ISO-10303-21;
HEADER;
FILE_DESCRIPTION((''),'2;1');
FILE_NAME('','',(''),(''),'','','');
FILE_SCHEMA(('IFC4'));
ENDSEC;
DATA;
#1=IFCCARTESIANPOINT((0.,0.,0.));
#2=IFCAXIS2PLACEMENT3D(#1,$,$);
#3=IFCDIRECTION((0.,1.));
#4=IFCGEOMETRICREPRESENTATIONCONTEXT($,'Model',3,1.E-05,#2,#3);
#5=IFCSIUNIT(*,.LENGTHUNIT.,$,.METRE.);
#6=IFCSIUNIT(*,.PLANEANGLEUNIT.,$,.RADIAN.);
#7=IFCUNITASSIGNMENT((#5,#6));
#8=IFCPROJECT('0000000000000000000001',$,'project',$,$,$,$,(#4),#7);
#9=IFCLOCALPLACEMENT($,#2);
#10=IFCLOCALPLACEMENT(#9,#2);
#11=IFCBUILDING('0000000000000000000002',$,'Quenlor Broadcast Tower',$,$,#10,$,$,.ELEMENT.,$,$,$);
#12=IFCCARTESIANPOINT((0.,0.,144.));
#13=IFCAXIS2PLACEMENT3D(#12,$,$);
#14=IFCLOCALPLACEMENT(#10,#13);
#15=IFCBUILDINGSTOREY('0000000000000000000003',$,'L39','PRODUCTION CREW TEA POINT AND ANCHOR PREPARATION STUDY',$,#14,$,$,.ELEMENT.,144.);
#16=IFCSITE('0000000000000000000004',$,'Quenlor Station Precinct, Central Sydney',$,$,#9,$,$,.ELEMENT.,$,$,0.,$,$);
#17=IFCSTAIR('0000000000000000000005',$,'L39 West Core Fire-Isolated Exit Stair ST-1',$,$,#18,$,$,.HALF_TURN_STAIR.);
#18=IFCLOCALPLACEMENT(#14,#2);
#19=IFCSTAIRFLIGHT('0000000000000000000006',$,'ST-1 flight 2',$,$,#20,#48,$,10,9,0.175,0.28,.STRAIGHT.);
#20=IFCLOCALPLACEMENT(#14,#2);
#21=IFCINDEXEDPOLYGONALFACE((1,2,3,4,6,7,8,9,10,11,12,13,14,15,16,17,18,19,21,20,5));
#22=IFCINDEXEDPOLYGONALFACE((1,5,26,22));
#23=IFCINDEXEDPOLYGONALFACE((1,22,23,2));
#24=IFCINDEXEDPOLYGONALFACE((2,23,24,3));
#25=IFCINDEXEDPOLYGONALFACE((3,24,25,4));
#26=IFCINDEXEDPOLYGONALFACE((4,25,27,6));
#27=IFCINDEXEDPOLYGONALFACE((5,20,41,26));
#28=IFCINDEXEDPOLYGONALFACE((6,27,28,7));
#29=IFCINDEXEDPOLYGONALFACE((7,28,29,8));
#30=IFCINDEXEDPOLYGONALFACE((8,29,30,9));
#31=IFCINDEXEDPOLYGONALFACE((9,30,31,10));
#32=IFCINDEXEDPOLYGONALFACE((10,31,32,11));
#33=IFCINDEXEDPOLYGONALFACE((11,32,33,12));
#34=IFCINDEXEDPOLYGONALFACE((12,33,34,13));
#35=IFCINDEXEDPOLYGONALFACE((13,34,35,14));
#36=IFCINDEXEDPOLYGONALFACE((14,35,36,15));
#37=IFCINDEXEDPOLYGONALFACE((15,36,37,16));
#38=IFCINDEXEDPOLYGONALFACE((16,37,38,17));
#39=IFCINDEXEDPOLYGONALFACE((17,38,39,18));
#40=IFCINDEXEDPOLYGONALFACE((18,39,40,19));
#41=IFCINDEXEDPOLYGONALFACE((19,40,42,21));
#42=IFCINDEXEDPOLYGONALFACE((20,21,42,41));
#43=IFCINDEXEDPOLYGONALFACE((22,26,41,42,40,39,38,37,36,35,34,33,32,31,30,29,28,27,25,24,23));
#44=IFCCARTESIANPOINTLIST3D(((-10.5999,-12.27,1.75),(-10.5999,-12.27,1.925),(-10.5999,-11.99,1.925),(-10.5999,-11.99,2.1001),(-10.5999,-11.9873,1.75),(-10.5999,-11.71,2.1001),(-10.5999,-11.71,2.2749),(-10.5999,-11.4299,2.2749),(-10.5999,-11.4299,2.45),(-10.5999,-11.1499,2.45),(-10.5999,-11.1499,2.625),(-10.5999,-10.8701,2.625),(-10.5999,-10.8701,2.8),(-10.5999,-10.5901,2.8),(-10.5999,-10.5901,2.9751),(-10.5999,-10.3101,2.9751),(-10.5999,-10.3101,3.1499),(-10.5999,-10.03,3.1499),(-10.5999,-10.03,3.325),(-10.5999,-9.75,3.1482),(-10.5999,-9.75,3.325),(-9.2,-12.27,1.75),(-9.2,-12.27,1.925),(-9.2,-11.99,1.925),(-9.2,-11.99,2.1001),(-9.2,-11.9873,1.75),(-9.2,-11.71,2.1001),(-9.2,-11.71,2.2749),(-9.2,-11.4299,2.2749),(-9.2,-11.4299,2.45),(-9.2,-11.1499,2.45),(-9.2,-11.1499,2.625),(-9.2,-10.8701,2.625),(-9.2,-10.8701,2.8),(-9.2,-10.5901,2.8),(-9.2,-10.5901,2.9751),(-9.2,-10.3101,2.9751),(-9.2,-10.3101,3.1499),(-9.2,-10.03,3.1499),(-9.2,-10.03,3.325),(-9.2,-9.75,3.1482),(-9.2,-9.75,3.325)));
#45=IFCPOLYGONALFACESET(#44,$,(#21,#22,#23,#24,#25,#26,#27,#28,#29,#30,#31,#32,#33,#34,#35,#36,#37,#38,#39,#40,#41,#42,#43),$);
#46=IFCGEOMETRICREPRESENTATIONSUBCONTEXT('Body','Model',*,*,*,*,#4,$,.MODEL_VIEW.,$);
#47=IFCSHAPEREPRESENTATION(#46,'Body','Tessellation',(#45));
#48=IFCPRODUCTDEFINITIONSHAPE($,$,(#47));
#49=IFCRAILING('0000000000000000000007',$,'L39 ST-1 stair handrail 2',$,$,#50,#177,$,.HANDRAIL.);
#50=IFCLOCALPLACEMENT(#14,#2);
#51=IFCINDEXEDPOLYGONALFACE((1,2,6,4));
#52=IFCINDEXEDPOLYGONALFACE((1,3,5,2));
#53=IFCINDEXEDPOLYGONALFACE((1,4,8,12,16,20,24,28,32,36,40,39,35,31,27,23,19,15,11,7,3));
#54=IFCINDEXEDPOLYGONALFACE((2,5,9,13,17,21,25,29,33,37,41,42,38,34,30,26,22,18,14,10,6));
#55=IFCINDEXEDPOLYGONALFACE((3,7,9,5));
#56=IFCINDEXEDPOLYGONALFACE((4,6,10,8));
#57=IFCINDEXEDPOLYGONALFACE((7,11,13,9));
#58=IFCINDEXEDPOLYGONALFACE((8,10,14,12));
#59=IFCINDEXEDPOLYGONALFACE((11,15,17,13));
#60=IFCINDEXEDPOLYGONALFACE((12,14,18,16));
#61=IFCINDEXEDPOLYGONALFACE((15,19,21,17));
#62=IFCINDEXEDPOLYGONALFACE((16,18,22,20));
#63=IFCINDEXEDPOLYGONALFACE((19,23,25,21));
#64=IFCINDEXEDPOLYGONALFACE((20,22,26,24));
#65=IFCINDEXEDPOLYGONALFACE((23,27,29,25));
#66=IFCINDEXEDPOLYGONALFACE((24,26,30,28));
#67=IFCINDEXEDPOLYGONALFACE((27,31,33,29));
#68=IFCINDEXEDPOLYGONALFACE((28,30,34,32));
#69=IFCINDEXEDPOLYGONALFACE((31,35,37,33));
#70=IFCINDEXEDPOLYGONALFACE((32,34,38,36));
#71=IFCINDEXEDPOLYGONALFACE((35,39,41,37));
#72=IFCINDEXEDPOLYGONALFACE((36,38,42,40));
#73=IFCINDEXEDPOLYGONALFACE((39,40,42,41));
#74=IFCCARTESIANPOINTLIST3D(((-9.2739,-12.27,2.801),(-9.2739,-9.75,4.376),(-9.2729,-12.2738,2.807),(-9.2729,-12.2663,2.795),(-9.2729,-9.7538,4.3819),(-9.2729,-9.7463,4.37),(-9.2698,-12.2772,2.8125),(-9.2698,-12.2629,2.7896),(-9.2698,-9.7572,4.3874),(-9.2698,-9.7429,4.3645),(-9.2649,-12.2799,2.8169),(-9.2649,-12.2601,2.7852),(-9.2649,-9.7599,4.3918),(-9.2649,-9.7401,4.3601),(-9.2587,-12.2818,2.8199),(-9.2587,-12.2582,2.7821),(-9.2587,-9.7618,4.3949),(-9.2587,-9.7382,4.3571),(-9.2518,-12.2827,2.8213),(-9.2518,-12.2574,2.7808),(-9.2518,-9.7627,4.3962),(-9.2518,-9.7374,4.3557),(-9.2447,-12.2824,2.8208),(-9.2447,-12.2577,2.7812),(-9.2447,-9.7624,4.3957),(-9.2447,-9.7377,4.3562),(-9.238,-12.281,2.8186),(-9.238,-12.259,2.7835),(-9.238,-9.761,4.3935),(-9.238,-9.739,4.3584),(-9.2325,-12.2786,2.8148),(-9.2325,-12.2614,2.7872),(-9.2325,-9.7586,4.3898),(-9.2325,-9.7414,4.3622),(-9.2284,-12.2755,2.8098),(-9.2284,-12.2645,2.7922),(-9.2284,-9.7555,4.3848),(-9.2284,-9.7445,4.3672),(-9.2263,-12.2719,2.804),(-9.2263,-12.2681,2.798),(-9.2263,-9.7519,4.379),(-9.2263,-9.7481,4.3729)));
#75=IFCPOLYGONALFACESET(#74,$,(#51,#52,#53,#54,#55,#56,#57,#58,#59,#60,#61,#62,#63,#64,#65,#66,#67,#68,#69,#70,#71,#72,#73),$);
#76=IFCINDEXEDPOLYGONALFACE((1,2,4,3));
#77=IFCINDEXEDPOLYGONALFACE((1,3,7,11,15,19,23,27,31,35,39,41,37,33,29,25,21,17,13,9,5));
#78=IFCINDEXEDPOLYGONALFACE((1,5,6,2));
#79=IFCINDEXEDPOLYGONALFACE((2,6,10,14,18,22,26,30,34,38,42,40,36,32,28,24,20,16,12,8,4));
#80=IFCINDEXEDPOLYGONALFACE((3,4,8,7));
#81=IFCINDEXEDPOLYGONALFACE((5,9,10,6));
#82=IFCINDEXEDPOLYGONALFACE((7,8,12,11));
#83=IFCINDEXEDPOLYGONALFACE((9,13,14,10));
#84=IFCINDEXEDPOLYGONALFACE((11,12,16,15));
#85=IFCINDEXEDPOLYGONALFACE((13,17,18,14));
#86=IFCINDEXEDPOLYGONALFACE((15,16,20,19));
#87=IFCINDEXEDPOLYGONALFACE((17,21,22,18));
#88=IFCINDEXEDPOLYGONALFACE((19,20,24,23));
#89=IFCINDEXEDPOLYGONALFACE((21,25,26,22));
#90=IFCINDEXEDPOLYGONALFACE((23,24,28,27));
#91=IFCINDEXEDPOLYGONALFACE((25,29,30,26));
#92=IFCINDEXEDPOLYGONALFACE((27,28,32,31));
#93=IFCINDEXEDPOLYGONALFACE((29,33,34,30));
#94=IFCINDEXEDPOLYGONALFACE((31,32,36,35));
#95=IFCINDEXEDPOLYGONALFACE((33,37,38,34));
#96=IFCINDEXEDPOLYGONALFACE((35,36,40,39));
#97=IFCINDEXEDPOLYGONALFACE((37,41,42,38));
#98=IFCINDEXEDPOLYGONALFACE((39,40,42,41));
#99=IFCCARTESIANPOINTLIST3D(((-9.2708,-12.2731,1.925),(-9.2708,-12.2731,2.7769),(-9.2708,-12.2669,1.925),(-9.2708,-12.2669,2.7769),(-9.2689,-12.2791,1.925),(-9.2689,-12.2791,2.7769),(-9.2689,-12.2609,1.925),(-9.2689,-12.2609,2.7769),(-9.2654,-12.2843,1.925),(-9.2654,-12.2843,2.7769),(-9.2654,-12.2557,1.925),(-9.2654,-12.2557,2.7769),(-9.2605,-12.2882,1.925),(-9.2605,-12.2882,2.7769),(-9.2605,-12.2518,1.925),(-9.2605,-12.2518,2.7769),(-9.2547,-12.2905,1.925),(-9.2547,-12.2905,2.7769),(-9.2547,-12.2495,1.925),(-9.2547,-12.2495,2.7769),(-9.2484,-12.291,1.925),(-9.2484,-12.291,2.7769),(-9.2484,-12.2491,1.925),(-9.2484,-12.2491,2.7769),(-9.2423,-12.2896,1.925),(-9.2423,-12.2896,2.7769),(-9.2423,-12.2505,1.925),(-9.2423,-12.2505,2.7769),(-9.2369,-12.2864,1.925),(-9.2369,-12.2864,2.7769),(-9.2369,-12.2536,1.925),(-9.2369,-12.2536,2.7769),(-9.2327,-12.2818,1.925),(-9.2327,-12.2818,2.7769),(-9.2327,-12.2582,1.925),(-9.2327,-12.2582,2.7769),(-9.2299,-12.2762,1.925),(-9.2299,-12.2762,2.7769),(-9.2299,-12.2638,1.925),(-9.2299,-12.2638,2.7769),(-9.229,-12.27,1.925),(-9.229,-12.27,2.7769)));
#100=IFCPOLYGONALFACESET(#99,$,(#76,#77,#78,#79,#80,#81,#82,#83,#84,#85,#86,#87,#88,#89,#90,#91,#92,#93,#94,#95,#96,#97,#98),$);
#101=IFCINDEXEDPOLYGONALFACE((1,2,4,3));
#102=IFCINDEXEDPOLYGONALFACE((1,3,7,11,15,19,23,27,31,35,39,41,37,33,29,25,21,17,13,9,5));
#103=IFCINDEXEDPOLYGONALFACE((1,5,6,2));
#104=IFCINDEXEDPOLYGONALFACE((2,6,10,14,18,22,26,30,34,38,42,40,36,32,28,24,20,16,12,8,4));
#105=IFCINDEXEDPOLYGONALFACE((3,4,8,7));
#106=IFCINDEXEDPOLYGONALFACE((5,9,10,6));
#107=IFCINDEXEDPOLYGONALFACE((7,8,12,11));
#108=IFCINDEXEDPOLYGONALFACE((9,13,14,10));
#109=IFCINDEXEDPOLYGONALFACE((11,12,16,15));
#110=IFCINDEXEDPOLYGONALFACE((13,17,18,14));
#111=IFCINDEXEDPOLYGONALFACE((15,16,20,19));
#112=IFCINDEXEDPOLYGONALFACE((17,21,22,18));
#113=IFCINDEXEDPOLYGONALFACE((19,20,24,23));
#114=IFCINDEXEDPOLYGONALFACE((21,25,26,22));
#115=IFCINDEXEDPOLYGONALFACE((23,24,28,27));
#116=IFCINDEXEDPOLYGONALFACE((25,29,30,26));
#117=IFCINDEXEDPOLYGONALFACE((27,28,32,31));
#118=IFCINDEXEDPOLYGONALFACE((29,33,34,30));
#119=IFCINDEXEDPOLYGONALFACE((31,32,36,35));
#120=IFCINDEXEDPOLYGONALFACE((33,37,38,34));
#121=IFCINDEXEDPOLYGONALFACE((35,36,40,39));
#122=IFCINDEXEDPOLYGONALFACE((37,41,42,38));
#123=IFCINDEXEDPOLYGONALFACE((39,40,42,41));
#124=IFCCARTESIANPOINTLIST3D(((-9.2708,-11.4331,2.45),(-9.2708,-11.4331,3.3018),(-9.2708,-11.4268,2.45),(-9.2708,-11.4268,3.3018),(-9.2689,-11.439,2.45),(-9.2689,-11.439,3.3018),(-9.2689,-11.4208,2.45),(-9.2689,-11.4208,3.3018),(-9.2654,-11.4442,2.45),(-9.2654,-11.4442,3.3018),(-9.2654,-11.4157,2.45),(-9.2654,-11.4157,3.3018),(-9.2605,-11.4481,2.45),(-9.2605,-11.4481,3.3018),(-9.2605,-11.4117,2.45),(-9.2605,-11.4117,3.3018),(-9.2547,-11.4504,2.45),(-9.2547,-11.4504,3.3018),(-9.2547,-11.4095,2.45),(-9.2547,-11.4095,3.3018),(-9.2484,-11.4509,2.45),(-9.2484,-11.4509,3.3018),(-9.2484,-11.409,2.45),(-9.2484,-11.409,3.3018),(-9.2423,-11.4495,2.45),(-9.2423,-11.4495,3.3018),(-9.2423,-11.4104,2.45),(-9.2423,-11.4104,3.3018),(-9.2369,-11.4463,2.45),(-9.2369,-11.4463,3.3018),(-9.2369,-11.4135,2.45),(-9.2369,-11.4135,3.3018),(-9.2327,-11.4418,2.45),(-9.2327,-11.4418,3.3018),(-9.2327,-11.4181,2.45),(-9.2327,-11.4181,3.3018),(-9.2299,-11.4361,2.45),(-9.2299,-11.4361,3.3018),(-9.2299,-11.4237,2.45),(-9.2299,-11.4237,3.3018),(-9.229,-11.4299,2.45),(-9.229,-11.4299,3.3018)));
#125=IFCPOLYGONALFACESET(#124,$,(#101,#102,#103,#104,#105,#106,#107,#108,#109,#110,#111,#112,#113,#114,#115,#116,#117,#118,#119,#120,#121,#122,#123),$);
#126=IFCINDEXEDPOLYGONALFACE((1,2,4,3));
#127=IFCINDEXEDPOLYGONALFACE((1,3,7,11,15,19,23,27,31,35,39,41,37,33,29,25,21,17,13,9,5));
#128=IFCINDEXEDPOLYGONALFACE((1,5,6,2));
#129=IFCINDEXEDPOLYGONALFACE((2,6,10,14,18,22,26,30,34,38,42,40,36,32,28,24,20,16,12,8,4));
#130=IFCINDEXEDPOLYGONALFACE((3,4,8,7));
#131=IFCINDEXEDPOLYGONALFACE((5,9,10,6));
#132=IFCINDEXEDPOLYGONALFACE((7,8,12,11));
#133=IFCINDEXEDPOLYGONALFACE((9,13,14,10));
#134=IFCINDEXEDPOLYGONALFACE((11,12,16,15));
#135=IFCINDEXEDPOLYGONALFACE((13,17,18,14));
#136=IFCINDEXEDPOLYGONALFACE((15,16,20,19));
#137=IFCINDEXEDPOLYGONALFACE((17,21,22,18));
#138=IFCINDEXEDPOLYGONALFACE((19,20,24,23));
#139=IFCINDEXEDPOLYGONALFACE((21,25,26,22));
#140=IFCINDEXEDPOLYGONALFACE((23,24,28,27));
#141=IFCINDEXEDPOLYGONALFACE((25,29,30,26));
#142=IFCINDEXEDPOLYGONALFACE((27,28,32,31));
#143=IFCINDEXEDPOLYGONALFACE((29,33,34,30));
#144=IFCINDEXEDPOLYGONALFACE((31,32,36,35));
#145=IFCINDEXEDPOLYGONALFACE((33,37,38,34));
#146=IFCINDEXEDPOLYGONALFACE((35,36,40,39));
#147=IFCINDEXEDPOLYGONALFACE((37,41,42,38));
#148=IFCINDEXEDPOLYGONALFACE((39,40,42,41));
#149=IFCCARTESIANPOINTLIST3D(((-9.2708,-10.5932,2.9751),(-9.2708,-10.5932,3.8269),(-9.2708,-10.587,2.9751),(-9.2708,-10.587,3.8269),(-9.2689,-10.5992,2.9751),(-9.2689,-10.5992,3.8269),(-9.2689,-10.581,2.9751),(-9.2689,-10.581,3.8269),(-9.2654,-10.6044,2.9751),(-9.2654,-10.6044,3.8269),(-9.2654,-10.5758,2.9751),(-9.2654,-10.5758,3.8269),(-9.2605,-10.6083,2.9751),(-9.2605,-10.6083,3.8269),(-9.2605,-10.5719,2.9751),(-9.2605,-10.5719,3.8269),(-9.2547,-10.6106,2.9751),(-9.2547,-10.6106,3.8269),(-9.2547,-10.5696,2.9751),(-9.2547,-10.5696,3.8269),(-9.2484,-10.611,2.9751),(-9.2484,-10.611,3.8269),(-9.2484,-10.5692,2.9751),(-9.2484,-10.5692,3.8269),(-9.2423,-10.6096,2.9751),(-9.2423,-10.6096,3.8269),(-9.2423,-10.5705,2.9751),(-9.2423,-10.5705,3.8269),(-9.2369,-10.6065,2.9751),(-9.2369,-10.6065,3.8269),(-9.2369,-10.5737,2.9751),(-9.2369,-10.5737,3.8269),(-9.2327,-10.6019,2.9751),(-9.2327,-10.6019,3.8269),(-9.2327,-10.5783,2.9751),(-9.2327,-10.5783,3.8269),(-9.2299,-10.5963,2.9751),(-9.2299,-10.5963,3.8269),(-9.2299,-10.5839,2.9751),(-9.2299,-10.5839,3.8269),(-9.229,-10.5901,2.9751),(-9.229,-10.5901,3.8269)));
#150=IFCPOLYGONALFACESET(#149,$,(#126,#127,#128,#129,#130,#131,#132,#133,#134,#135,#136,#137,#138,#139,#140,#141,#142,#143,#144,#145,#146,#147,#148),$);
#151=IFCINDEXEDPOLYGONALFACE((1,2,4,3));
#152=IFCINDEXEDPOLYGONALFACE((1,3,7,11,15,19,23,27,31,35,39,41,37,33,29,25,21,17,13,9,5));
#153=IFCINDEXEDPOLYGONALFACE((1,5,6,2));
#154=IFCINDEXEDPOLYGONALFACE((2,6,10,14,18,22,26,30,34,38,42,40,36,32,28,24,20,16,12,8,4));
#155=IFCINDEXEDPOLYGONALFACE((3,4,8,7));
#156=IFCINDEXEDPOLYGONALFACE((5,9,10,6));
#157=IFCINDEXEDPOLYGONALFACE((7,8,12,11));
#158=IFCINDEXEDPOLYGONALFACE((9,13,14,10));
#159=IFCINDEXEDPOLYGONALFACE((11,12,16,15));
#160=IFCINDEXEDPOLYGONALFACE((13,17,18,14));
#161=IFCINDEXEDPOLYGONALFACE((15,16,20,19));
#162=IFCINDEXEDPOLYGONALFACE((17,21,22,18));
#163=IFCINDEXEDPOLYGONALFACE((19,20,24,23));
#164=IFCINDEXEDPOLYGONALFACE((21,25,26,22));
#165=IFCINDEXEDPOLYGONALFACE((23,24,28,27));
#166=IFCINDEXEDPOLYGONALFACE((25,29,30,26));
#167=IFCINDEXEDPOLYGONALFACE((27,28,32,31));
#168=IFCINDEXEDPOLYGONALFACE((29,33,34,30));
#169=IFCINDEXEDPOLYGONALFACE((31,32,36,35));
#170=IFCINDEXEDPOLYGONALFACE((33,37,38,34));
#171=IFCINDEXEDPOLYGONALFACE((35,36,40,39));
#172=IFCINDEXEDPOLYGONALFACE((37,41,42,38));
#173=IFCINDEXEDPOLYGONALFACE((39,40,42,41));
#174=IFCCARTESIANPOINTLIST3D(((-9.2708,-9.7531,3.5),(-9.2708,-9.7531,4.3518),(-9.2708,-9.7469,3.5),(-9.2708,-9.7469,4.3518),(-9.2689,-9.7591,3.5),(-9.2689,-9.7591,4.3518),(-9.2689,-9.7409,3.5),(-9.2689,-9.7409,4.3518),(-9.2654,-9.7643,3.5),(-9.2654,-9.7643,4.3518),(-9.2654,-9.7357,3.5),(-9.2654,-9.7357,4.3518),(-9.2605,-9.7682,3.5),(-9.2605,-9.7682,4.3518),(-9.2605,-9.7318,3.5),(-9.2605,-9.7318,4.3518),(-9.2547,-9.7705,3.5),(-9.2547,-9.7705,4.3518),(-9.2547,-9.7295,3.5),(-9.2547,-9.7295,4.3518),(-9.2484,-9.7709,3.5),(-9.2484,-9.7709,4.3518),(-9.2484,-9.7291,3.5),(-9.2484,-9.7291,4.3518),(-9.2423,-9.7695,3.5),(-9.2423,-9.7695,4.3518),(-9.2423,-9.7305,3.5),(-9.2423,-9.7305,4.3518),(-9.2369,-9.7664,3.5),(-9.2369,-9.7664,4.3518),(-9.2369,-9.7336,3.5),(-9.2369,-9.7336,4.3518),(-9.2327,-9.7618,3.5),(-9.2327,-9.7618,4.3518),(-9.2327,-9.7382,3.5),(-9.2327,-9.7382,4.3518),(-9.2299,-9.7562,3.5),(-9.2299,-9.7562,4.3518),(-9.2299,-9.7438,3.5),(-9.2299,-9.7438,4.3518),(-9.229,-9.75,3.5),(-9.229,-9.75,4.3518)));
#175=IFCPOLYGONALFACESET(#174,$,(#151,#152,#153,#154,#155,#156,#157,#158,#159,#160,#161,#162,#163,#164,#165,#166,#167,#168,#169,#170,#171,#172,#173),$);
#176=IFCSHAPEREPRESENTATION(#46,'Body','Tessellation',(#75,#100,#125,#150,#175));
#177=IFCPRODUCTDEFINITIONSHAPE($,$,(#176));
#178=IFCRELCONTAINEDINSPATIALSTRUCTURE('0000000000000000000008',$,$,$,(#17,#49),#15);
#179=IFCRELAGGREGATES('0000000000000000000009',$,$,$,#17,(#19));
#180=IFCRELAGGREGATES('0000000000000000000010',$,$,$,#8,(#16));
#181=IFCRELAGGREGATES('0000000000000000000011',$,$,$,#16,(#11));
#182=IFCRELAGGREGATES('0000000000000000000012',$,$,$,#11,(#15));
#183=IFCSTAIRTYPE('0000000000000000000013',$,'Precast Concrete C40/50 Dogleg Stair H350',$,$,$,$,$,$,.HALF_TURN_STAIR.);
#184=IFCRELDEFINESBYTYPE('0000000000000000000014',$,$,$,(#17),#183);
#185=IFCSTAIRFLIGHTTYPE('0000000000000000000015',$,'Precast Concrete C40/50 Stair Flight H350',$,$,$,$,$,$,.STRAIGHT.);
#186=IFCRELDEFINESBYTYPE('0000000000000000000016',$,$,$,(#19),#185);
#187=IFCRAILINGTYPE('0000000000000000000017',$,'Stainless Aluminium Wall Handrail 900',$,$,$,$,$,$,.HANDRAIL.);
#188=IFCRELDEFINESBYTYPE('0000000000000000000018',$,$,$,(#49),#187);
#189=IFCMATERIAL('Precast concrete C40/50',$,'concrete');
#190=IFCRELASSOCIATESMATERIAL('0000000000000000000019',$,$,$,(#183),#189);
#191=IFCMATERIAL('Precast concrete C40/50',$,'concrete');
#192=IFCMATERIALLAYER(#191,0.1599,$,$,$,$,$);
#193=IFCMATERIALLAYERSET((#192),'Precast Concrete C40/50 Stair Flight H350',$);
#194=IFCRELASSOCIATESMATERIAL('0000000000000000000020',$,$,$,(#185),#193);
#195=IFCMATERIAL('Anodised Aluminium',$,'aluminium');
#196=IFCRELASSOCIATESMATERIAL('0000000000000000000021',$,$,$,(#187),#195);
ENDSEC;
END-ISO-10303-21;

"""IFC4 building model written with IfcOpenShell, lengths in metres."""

from ifc_helpers import new_model, si_unit, direction, frame, origin, origin_2d, place, context, subcontext, project, spatial, polyline, circle, outline, extrude, material, layer, layer_set, type_object, element, aggregate, save


model = new_model("IFC4")

# Units and contexts
model_context = context("Model", 3, precision=1e-05, world=origin(), true_north=direction((0.0, 1.0)))
body_context = subcontext(model_context, "Body", "Model", "MODEL_VIEW")
ifc_project = project(units=[si_unit("LENGTHUNIT", "METRE"), si_unit("PLANEANGLEUNIT", "RADIAN")], contexts=[model_context])

# Site, building, storey
site_placement = place(None, origin())
site = spatial("IfcSite", under=ifc_project, at=site_placement, Name="Quenlor Station Precinct, Central Sydney", CompositionType="ELEMENT", RefElevation=0.0)
building_placement = place(site_placement, origin())
building = spatial("IfcBuilding", under=site, at=building_placement, Name="Quenlor Broadcast Tower", CompositionType="ELEMENT")
storey_placement = place(building_placement, frame((0.0, 0.0, 144.0)))
storey = spatial("IfcBuildingStorey", under=building, at=storey_placement, Name="L39", Description="PRODUCTION CREW TEA POINT AND ANCHOR PREPARATION STUDY", CompositionType="ELEMENT", Elevation=144.0)

# Stair, stair flight
ifc_material_1 = material(Name="Precast concrete C40/50", Category="concrete")
stair_type = type_object("IfcStairType", Name="Precast Concrete C40/50 Dogleg Stair H350", PredefinedType="HALF_TURN_STAIR", material=ifc_material_1)
stair_placement = place(storey_placement, origin())
stair = element("IfcStair", 1, at=stair_placement, inside=storey, type_object=stair_type, Name="L39 West Core Fire-Isolated Exit Stair ST-1", PredefinedType="HALF_TURN_STAIR")
ifc_material_2 = material(Name="Precast concrete C40/50", Category="concrete")
ifc_layer_1 = layer(ifc_material_2, 0.1599)
ifc_layer_set_1 = layer_set([ifc_layer_1], Name="Precast Concrete C40/50 Stair Flight H350")
stair_flight_type = type_object("IfcStairFlightType", Name="Precast Concrete C40/50 Stair Flight H350", PredefinedType="STRAIGHT", material=ifc_layer_set_1)
stair_flight_placement = place(storey_placement, frame((-9.8999, -12.27, 1.75), z_axis=(0.0, 0.0, 1.0), x_axis=(0.0, 1.0, 0.0)))
stair_flight = element("IfcStairFlight", 2, at=stair_flight_placement, type_object=stair_flight_type, Name="ST-1 flight 2", NumberOfRisers=10, NumberOfTreads=9, PredefinedType="STRAIGHT", RiserHeight=0.175, TreadLength=0.28, context=body_context, shape_type="SweptSolid", body=[
    extrude(outline(polyline([(0.0, 0.0), (0.0, 0.175), (0.28, 0.175), (0.28, 0.3501), (0.5601, 0.3501), (0.5601, 0.5249), (0.8401, 0.5249), (0.8401, 0.7), (1.1201, 0.7), (1.1201, 0.875), (1.3999, 0.875), (1.3999, 1.05), (1.6799, 1.05), (1.6799, 1.2251), (1.96, 1.2251), (1.96, 1.3999), (2.24, 1.3999), (2.24, 1.575), (2.52, 1.575), (2.52, 1.75), (2.52, 1.3982), (0.2827, 0.0), (0.0, 0.0)])), frame((0.0, 0.7, 0.0), z_axis=(0.0, -1.0, 0.0), x_axis=(1.0, 0.0, 0.0)), (0.0, 0.0, 1.0), 1.3999),
])
aggregate(stair, [stair_flight])

# Railing
ifc_material_3 = material(Name="Anodised Aluminium", Category="aluminium")
railing_type_1 = type_object("IfcRailingType", Name="Stainless Aluminium Wall Handrail 900", PredefinedType="HANDRAIL", material=ifc_material_3)
railing_1_placement = place(storey_placement, frame((-9.25, -12.27, 1.925)))
element("IfcRailing", 3, at=railing_1_placement, inside=storey, type_object=railing_type_1, Name="L39 ST-1 stair handrail 2", PredefinedType="HANDRAIL", context=body_context, shape_type="SweptSolid", body=[
    extrude(circle(Radius=0.0239, at=origin_2d()), frame((0.0, 0.0, 0.876), z_axis=(0.0, 0.848008, 0.529984), x_axis=(-1.0, 0.0, 0.0)), (0.0, 0.0, 1.0), 2.9717),
    extrude(circle(Radius=0.021, at=origin_2d()), origin(), (0.0, 0.0, 1.0), 0.8518),
    extrude(circle(Radius=0.021, at=origin_2d()), frame((0.0, 0.8401, 0.5249)), (0.0, 0.0, 1.0), 0.8518),
    extrude(circle(Radius=0.021, at=origin_2d()), frame((0.0, 1.6799, 1.05)), (0.0, 0.0, 1.0), 0.8518),
    extrude(circle(Radius=0.021, at=origin_2d()), frame((0.0, 2.52, 1.575)), (0.0, 0.0, 1.0), 0.8518),
])

save(model, "model.ifc")
